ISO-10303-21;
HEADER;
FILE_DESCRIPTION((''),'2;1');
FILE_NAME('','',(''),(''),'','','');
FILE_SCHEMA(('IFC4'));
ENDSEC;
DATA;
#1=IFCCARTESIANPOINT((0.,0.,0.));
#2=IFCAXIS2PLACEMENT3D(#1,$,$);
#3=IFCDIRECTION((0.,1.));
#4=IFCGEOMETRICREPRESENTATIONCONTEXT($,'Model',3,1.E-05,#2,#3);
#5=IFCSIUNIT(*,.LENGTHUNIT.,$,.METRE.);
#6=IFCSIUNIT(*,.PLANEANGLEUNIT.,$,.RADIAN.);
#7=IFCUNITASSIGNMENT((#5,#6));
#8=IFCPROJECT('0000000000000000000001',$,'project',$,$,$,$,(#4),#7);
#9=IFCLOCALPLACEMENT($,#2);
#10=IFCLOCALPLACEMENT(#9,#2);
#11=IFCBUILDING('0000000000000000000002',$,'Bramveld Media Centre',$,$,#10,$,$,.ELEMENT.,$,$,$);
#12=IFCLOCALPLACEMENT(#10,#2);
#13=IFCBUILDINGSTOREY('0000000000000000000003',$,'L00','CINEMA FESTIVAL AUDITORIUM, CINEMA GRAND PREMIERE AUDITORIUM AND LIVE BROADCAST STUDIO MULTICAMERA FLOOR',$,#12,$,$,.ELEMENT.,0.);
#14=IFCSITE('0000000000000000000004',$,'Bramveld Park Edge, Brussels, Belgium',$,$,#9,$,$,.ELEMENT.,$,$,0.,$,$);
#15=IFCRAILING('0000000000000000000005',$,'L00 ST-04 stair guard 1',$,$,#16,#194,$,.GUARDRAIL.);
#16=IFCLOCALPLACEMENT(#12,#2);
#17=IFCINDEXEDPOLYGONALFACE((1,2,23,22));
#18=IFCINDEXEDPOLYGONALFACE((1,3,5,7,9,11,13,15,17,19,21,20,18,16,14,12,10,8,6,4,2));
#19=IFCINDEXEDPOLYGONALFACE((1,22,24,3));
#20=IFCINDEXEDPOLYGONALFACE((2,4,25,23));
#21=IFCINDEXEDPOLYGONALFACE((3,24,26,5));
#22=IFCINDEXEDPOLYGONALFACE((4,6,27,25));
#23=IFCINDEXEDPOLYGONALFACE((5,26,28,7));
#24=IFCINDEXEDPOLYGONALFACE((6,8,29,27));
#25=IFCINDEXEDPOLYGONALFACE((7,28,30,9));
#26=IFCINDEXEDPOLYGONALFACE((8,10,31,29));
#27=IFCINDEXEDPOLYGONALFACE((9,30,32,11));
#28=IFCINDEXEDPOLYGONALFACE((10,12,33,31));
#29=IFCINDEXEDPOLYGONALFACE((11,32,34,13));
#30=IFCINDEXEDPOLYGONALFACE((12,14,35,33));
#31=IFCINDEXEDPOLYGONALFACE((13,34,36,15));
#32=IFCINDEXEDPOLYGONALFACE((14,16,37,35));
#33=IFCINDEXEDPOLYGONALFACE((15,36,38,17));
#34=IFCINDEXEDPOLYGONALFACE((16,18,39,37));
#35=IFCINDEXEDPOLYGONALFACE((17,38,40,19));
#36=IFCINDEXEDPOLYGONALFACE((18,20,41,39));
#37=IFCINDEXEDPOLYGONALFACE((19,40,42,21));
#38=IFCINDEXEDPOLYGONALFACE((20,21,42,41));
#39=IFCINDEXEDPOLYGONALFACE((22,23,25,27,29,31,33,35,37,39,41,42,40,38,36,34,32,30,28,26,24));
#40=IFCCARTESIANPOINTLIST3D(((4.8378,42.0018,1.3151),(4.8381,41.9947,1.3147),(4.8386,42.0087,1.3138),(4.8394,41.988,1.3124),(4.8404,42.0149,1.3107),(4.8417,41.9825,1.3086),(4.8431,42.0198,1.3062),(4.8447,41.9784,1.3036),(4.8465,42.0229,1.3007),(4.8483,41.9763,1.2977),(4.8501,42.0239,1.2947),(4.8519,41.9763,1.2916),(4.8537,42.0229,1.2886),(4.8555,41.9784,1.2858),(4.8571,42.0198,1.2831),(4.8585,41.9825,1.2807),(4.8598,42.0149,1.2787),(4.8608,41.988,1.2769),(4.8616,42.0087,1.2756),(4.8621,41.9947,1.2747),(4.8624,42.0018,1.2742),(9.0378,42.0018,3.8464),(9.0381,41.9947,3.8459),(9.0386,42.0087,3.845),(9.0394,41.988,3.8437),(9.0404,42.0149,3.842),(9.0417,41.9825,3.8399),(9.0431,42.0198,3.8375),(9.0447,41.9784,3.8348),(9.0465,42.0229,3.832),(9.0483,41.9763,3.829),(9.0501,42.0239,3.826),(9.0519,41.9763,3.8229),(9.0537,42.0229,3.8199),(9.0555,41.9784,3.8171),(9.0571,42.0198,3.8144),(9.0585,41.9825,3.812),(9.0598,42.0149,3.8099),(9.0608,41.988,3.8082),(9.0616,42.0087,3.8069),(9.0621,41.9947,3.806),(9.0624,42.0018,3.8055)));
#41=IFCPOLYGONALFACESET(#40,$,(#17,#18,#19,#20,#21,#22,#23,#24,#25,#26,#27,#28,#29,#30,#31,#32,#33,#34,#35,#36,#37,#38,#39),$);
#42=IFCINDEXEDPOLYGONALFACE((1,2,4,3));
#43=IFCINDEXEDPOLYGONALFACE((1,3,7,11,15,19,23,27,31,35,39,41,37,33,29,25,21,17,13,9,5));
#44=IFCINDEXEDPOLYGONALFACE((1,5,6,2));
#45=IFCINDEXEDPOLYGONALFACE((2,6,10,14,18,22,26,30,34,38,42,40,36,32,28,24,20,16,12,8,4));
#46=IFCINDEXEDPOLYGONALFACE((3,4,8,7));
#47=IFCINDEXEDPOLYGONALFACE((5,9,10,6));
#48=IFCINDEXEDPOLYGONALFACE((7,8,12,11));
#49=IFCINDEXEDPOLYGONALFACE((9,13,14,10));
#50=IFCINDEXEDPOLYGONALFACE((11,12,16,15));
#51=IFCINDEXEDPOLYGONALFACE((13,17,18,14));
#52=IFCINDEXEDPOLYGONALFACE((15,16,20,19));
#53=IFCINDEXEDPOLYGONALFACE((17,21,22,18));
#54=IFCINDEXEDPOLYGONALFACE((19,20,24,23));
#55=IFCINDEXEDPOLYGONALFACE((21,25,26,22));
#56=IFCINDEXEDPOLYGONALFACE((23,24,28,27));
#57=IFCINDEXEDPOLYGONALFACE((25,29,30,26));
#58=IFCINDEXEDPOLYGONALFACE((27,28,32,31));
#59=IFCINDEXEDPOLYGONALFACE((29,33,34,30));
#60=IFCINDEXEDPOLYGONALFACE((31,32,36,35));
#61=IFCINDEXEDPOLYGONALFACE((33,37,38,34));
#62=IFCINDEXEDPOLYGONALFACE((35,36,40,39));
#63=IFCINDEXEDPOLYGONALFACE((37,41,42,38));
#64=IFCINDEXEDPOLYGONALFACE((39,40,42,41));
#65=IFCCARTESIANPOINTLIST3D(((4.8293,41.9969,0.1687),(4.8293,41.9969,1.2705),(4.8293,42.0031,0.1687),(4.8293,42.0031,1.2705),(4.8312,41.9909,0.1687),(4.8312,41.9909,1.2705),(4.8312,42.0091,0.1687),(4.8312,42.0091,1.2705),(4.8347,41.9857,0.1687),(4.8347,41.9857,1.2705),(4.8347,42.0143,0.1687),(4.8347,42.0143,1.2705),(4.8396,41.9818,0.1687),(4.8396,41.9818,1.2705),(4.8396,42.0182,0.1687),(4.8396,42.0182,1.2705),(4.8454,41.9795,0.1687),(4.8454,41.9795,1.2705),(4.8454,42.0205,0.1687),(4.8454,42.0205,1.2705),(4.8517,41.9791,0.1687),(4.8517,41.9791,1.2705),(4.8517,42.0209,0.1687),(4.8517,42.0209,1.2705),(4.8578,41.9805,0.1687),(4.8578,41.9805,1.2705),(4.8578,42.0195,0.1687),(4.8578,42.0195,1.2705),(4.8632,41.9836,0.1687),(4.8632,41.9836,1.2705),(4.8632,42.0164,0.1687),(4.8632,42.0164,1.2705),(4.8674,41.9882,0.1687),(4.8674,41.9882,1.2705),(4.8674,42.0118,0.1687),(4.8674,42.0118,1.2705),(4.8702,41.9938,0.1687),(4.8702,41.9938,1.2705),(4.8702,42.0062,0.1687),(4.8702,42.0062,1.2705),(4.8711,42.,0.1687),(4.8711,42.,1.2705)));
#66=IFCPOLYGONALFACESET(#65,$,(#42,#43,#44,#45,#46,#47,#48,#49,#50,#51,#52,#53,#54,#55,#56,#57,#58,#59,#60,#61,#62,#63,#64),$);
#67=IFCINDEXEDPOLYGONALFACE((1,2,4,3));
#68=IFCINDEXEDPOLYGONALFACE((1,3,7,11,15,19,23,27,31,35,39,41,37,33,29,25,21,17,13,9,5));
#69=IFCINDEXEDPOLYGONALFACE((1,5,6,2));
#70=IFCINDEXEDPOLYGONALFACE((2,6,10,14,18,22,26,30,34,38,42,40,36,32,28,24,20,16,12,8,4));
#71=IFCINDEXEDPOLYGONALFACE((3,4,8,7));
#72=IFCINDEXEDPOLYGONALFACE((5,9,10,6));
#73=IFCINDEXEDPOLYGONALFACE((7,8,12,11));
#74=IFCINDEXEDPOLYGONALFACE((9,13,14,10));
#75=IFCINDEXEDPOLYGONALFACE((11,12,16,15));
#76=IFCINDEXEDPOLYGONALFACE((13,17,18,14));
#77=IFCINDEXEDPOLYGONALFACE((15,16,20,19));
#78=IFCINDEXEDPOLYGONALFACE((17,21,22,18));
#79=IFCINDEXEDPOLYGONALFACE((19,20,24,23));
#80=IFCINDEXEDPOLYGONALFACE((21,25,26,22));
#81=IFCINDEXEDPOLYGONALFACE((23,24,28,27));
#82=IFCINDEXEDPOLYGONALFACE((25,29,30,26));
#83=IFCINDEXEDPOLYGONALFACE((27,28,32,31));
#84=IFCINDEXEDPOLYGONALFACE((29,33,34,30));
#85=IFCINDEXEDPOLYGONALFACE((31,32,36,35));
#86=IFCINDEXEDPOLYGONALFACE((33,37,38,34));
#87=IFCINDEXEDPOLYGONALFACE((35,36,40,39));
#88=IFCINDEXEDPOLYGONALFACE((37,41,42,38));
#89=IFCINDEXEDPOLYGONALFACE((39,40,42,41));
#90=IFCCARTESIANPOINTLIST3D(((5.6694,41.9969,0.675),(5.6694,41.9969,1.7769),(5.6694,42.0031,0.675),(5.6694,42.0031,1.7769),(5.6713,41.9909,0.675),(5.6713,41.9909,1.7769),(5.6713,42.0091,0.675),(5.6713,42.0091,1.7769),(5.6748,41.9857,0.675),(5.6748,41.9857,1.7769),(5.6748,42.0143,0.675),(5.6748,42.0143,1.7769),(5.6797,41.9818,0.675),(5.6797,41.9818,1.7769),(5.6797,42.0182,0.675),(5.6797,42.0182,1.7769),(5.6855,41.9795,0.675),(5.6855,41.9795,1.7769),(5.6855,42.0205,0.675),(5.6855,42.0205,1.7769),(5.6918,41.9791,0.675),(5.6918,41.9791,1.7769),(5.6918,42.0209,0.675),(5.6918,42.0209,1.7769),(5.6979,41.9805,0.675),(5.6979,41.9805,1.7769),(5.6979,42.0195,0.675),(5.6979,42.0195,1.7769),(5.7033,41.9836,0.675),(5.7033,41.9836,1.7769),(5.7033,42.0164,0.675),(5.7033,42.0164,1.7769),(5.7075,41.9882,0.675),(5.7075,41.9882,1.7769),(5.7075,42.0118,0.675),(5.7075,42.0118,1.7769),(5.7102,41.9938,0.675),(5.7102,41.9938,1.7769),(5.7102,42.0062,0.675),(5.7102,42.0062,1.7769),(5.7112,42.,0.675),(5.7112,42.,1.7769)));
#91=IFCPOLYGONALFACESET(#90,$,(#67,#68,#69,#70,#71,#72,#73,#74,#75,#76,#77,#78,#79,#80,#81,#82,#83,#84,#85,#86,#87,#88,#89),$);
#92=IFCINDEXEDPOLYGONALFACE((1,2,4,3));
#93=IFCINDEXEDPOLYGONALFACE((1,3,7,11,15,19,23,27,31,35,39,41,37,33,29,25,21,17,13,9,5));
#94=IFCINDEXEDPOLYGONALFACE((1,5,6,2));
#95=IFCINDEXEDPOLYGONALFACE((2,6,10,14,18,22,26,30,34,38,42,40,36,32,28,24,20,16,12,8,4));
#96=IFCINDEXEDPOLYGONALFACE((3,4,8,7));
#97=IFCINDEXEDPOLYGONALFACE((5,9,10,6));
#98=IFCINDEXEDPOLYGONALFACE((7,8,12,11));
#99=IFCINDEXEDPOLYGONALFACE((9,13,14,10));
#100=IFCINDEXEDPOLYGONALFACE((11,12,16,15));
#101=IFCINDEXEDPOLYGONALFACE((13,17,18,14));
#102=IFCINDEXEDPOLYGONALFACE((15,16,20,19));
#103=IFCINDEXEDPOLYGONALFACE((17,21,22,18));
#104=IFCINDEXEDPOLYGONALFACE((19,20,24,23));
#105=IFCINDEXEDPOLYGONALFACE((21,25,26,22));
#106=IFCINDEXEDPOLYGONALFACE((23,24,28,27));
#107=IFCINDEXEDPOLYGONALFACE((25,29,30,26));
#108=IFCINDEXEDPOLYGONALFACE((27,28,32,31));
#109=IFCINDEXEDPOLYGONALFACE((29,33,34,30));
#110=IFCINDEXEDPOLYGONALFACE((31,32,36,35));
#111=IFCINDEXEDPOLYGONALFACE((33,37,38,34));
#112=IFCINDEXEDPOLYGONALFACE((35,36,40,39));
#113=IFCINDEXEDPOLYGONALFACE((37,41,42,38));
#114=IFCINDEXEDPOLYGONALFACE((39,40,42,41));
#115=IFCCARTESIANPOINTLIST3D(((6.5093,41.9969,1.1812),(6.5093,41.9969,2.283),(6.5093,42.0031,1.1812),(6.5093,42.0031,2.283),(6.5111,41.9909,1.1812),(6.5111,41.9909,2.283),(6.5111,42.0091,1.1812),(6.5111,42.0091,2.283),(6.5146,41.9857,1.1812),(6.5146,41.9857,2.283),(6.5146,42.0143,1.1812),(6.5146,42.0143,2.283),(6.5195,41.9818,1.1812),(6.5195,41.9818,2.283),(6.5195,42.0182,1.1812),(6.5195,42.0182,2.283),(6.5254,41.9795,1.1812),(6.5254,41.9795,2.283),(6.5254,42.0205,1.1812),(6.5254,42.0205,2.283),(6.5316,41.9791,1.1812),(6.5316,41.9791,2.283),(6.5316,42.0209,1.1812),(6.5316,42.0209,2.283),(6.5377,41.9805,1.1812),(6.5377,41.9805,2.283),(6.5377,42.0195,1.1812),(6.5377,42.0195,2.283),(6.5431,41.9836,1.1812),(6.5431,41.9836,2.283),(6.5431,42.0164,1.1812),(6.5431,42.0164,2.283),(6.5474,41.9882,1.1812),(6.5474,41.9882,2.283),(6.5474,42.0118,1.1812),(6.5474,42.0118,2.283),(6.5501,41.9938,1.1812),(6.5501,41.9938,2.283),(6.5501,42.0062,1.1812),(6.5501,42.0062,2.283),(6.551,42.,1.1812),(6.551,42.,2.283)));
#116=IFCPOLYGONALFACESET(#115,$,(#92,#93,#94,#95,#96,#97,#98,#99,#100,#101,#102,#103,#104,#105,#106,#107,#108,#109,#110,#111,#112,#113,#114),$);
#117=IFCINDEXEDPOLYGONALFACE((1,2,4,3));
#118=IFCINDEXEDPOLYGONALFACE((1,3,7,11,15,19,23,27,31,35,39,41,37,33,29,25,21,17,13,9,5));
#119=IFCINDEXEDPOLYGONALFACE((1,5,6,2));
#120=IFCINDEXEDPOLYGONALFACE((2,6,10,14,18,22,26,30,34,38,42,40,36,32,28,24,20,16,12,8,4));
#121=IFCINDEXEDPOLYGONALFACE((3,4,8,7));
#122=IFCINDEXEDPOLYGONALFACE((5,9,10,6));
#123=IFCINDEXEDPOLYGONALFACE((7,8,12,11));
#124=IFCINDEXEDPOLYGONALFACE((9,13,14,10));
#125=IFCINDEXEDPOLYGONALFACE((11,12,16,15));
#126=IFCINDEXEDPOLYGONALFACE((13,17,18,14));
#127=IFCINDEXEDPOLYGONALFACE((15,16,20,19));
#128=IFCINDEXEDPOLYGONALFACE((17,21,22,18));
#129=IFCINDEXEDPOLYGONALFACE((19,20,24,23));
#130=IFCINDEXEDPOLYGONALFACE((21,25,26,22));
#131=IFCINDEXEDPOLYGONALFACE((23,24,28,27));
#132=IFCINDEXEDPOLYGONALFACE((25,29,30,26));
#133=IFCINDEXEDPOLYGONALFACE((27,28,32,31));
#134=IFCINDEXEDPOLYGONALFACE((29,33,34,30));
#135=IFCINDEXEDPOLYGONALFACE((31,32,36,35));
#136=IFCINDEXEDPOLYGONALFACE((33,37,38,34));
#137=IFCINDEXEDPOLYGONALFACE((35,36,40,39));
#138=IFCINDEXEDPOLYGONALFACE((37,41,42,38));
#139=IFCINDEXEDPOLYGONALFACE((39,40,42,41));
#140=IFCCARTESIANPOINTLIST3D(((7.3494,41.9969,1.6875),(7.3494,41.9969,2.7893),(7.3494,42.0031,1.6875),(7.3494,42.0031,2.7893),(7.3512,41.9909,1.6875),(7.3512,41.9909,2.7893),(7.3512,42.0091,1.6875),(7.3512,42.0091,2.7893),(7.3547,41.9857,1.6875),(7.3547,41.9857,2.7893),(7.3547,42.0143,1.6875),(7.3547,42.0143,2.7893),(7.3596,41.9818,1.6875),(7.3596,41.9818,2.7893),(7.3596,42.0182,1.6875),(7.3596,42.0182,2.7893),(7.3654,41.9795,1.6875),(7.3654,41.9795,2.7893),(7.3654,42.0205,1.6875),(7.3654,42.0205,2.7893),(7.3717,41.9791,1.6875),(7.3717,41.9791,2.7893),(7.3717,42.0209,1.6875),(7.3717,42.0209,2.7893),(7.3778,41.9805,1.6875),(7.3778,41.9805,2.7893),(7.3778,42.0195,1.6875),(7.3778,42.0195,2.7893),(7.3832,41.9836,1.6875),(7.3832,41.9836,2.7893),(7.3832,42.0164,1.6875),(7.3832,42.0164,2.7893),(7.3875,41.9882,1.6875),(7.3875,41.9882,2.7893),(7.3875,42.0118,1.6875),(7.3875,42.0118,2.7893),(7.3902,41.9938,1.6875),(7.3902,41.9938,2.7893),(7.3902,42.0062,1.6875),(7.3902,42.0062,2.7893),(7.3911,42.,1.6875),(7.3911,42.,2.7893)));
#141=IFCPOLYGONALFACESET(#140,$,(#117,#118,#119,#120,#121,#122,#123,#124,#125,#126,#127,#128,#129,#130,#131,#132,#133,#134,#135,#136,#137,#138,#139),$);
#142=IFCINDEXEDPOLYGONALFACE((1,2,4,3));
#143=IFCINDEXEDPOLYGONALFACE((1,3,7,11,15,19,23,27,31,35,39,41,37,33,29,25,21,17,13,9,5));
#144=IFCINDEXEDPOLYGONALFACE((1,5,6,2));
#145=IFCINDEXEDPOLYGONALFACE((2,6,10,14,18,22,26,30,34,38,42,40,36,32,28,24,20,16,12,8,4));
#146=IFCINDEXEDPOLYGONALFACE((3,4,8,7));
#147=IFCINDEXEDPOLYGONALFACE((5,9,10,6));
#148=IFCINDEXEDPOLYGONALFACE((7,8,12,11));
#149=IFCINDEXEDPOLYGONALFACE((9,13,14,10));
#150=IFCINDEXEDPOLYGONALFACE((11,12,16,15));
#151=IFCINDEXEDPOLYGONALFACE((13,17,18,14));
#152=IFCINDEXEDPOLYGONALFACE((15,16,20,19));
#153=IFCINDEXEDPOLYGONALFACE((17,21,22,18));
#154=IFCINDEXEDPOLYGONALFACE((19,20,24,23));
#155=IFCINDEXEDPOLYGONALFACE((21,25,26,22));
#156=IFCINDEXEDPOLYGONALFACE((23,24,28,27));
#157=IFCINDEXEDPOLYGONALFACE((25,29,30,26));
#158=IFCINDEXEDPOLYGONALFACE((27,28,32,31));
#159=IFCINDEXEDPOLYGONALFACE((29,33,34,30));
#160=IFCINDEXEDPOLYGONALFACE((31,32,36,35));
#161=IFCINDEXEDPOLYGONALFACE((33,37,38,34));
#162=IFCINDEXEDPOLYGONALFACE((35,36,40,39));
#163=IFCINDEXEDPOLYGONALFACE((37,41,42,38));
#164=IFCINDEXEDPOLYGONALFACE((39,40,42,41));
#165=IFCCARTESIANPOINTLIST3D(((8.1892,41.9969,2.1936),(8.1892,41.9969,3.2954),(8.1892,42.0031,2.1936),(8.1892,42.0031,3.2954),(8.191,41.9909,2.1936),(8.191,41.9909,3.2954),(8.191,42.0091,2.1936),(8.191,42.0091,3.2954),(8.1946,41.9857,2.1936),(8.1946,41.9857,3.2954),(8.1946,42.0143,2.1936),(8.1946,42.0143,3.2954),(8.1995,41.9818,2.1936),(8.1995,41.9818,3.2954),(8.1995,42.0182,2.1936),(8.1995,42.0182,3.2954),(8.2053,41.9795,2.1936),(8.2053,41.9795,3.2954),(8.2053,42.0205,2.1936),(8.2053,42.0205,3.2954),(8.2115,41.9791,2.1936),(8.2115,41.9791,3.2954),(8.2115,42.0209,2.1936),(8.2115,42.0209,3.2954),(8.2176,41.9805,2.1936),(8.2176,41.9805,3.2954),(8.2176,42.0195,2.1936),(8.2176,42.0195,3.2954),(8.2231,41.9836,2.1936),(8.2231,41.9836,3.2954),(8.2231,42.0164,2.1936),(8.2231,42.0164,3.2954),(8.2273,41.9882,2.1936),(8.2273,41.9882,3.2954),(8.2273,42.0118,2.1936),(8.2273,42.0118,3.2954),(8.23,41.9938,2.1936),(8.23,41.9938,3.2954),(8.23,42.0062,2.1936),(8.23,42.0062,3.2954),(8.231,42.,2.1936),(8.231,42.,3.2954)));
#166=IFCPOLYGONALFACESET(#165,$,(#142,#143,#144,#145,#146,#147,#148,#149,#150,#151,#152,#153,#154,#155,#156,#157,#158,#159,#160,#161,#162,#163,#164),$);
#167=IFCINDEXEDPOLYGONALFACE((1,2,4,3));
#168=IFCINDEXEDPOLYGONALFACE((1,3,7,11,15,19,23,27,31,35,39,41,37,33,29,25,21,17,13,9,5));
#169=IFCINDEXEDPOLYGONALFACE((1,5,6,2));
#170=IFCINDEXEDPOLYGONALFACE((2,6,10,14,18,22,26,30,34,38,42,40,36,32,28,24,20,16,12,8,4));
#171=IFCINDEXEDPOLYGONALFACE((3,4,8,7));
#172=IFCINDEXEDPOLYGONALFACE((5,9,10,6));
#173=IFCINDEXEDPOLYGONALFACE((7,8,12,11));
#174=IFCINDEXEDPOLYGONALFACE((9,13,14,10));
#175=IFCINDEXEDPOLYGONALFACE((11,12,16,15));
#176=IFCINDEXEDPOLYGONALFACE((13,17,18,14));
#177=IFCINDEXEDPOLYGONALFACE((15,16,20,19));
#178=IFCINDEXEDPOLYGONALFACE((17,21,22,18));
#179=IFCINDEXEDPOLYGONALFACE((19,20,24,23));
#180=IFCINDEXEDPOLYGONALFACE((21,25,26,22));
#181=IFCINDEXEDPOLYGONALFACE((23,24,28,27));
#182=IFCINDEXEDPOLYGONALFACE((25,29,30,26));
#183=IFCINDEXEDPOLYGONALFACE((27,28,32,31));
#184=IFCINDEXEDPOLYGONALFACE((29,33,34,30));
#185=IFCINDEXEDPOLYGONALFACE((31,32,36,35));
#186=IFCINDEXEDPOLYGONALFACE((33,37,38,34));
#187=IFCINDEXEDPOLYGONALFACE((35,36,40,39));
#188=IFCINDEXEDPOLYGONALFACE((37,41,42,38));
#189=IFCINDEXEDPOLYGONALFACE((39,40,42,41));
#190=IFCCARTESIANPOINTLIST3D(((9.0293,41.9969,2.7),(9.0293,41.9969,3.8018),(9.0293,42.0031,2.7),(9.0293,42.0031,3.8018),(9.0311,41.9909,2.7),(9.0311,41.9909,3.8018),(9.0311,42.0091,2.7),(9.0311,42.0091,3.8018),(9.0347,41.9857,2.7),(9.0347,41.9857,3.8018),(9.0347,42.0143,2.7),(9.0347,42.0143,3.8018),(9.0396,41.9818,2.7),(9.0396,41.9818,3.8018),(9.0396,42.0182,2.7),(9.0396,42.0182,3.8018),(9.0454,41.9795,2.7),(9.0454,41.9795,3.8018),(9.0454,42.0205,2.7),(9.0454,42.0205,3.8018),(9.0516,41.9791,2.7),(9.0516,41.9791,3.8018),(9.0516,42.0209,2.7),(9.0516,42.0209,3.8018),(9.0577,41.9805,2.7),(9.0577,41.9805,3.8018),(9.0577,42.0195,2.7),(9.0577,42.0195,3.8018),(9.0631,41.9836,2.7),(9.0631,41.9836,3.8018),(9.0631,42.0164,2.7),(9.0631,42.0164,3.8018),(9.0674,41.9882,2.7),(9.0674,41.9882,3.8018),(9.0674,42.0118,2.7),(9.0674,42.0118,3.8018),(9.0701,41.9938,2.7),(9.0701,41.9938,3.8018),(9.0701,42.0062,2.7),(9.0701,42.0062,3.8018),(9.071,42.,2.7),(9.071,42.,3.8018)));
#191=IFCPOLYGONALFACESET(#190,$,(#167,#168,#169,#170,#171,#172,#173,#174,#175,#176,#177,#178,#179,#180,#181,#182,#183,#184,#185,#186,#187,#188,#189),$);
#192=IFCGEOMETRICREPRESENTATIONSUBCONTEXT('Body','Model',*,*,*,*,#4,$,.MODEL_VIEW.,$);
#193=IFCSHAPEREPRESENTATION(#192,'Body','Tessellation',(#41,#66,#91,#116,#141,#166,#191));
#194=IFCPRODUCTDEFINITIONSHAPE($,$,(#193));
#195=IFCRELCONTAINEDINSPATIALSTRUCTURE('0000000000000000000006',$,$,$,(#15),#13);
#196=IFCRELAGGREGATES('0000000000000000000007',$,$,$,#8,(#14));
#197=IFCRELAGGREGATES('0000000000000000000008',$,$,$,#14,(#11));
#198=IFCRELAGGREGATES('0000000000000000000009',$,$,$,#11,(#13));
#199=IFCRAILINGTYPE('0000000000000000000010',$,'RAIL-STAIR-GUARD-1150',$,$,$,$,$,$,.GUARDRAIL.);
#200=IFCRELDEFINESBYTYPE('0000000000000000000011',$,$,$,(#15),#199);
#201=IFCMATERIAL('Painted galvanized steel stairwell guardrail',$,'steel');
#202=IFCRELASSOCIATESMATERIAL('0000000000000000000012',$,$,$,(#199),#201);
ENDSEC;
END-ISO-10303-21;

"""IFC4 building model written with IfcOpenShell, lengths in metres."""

from ifc_helpers import new_model, si_unit, direction, frame, origin, origin_2d, place, context, subcontext, project, spatial, circle, extrude, material, type_object, element, save


model = new_model("IFC4")

# Units and contexts
model_context = context("Model", 3, precision=1e-05, world=origin(), true_north=direction((0.0, 1.0)))
body_context = subcontext(model_context, "Body", "Model", "MODEL_VIEW")
ifc_project = project(units=[si_unit("LENGTHUNIT", "METRE"), si_unit("PLANEANGLEUNIT", "RADIAN")], contexts=[model_context])

# Site, building, storey
site_placement = place(None, origin())
site = spatial("IfcSite", under=ifc_project, at=site_placement, Name="Bramveld Park Edge, Brussels, Belgium", CompositionType="ELEMENT", RefElevation=0.0)
building_placement = place(site_placement, origin())
building = spatial("IfcBuilding", under=site, at=building_placement, Name="Bramveld Media Centre", CompositionType="ELEMENT")
storey_placement = place(building_placement, origin())
storey = spatial("IfcBuildingStorey", under=building, at=storey_placement, Name="L00", Description="CINEMA FESTIVAL AUDITORIUM, CINEMA GRAND PREMIERE AUDITORIUM AND LIVE BROADCAST STUDIO MULTICAMERA FLOOR", CompositionType="ELEMENT", Elevation=0.0)

# Railing
ifc_material_1 = material(Name="Painted galvanized steel stairwell guardrail", Category="steel")
railing_type_1 = type_object("IfcRailingType", Name="RAIL-STAIR-GUARD-1150", PredefinedType="GUARDRAIL", material=ifc_material_1)
railing_1_placement = place(storey_placement, frame((4.8501, 42.0, 0.1687)))
element("IfcRailing", 1, at=railing_1_placement, inside=storey, type_object=railing_type_1, Name="L00 ST-04 stair guard 1", PredefinedType="GUARDRAIL", context=body_context, shape_type="SweptSolid", body=[
    extrude(circle(Radius=0.0239, at=origin_2d()), frame((0.0, 0.0, 1.126), z_axis=(0.856476, 0.0, 0.516186), x_axis=(0.0, 1.0, 0.0)), (0.0, 0.0, 1.0), 4.9038),
    extrude(circle(Radius=0.021, at=origin_2d()), origin(), (0.0, 0.0, 1.0), 1.1018),
    extrude(circle(Radius=0.021, at=origin_2d()), frame((0.8401, 0.0, 0.5063)), (0.0, 0.0, 1.0), 1.1018),
    extrude(circle(Radius=0.021, at=origin_2d()), frame((1.6799, 0.0, 1.0125)), (0.0, 0.0, 1.0), 1.1018),
    extrude(circle(Radius=0.021, at=origin_2d()), frame((2.52, 0.0, 1.5188)), (0.0, 0.0, 1.0), 1.1018),
    extrude(circle(Radius=0.021, at=origin_2d()), frame((3.3599, 0.0, 2.0249)), (0.0, 0.0, 1.0), 1.1018),
    extrude(circle(Radius=0.021, at=origin_2d()), frame((4.2, 0.0, 2.5312)), (0.0, 0.0, 1.0), 1.1018),
])

save(model, "model.ifc")
